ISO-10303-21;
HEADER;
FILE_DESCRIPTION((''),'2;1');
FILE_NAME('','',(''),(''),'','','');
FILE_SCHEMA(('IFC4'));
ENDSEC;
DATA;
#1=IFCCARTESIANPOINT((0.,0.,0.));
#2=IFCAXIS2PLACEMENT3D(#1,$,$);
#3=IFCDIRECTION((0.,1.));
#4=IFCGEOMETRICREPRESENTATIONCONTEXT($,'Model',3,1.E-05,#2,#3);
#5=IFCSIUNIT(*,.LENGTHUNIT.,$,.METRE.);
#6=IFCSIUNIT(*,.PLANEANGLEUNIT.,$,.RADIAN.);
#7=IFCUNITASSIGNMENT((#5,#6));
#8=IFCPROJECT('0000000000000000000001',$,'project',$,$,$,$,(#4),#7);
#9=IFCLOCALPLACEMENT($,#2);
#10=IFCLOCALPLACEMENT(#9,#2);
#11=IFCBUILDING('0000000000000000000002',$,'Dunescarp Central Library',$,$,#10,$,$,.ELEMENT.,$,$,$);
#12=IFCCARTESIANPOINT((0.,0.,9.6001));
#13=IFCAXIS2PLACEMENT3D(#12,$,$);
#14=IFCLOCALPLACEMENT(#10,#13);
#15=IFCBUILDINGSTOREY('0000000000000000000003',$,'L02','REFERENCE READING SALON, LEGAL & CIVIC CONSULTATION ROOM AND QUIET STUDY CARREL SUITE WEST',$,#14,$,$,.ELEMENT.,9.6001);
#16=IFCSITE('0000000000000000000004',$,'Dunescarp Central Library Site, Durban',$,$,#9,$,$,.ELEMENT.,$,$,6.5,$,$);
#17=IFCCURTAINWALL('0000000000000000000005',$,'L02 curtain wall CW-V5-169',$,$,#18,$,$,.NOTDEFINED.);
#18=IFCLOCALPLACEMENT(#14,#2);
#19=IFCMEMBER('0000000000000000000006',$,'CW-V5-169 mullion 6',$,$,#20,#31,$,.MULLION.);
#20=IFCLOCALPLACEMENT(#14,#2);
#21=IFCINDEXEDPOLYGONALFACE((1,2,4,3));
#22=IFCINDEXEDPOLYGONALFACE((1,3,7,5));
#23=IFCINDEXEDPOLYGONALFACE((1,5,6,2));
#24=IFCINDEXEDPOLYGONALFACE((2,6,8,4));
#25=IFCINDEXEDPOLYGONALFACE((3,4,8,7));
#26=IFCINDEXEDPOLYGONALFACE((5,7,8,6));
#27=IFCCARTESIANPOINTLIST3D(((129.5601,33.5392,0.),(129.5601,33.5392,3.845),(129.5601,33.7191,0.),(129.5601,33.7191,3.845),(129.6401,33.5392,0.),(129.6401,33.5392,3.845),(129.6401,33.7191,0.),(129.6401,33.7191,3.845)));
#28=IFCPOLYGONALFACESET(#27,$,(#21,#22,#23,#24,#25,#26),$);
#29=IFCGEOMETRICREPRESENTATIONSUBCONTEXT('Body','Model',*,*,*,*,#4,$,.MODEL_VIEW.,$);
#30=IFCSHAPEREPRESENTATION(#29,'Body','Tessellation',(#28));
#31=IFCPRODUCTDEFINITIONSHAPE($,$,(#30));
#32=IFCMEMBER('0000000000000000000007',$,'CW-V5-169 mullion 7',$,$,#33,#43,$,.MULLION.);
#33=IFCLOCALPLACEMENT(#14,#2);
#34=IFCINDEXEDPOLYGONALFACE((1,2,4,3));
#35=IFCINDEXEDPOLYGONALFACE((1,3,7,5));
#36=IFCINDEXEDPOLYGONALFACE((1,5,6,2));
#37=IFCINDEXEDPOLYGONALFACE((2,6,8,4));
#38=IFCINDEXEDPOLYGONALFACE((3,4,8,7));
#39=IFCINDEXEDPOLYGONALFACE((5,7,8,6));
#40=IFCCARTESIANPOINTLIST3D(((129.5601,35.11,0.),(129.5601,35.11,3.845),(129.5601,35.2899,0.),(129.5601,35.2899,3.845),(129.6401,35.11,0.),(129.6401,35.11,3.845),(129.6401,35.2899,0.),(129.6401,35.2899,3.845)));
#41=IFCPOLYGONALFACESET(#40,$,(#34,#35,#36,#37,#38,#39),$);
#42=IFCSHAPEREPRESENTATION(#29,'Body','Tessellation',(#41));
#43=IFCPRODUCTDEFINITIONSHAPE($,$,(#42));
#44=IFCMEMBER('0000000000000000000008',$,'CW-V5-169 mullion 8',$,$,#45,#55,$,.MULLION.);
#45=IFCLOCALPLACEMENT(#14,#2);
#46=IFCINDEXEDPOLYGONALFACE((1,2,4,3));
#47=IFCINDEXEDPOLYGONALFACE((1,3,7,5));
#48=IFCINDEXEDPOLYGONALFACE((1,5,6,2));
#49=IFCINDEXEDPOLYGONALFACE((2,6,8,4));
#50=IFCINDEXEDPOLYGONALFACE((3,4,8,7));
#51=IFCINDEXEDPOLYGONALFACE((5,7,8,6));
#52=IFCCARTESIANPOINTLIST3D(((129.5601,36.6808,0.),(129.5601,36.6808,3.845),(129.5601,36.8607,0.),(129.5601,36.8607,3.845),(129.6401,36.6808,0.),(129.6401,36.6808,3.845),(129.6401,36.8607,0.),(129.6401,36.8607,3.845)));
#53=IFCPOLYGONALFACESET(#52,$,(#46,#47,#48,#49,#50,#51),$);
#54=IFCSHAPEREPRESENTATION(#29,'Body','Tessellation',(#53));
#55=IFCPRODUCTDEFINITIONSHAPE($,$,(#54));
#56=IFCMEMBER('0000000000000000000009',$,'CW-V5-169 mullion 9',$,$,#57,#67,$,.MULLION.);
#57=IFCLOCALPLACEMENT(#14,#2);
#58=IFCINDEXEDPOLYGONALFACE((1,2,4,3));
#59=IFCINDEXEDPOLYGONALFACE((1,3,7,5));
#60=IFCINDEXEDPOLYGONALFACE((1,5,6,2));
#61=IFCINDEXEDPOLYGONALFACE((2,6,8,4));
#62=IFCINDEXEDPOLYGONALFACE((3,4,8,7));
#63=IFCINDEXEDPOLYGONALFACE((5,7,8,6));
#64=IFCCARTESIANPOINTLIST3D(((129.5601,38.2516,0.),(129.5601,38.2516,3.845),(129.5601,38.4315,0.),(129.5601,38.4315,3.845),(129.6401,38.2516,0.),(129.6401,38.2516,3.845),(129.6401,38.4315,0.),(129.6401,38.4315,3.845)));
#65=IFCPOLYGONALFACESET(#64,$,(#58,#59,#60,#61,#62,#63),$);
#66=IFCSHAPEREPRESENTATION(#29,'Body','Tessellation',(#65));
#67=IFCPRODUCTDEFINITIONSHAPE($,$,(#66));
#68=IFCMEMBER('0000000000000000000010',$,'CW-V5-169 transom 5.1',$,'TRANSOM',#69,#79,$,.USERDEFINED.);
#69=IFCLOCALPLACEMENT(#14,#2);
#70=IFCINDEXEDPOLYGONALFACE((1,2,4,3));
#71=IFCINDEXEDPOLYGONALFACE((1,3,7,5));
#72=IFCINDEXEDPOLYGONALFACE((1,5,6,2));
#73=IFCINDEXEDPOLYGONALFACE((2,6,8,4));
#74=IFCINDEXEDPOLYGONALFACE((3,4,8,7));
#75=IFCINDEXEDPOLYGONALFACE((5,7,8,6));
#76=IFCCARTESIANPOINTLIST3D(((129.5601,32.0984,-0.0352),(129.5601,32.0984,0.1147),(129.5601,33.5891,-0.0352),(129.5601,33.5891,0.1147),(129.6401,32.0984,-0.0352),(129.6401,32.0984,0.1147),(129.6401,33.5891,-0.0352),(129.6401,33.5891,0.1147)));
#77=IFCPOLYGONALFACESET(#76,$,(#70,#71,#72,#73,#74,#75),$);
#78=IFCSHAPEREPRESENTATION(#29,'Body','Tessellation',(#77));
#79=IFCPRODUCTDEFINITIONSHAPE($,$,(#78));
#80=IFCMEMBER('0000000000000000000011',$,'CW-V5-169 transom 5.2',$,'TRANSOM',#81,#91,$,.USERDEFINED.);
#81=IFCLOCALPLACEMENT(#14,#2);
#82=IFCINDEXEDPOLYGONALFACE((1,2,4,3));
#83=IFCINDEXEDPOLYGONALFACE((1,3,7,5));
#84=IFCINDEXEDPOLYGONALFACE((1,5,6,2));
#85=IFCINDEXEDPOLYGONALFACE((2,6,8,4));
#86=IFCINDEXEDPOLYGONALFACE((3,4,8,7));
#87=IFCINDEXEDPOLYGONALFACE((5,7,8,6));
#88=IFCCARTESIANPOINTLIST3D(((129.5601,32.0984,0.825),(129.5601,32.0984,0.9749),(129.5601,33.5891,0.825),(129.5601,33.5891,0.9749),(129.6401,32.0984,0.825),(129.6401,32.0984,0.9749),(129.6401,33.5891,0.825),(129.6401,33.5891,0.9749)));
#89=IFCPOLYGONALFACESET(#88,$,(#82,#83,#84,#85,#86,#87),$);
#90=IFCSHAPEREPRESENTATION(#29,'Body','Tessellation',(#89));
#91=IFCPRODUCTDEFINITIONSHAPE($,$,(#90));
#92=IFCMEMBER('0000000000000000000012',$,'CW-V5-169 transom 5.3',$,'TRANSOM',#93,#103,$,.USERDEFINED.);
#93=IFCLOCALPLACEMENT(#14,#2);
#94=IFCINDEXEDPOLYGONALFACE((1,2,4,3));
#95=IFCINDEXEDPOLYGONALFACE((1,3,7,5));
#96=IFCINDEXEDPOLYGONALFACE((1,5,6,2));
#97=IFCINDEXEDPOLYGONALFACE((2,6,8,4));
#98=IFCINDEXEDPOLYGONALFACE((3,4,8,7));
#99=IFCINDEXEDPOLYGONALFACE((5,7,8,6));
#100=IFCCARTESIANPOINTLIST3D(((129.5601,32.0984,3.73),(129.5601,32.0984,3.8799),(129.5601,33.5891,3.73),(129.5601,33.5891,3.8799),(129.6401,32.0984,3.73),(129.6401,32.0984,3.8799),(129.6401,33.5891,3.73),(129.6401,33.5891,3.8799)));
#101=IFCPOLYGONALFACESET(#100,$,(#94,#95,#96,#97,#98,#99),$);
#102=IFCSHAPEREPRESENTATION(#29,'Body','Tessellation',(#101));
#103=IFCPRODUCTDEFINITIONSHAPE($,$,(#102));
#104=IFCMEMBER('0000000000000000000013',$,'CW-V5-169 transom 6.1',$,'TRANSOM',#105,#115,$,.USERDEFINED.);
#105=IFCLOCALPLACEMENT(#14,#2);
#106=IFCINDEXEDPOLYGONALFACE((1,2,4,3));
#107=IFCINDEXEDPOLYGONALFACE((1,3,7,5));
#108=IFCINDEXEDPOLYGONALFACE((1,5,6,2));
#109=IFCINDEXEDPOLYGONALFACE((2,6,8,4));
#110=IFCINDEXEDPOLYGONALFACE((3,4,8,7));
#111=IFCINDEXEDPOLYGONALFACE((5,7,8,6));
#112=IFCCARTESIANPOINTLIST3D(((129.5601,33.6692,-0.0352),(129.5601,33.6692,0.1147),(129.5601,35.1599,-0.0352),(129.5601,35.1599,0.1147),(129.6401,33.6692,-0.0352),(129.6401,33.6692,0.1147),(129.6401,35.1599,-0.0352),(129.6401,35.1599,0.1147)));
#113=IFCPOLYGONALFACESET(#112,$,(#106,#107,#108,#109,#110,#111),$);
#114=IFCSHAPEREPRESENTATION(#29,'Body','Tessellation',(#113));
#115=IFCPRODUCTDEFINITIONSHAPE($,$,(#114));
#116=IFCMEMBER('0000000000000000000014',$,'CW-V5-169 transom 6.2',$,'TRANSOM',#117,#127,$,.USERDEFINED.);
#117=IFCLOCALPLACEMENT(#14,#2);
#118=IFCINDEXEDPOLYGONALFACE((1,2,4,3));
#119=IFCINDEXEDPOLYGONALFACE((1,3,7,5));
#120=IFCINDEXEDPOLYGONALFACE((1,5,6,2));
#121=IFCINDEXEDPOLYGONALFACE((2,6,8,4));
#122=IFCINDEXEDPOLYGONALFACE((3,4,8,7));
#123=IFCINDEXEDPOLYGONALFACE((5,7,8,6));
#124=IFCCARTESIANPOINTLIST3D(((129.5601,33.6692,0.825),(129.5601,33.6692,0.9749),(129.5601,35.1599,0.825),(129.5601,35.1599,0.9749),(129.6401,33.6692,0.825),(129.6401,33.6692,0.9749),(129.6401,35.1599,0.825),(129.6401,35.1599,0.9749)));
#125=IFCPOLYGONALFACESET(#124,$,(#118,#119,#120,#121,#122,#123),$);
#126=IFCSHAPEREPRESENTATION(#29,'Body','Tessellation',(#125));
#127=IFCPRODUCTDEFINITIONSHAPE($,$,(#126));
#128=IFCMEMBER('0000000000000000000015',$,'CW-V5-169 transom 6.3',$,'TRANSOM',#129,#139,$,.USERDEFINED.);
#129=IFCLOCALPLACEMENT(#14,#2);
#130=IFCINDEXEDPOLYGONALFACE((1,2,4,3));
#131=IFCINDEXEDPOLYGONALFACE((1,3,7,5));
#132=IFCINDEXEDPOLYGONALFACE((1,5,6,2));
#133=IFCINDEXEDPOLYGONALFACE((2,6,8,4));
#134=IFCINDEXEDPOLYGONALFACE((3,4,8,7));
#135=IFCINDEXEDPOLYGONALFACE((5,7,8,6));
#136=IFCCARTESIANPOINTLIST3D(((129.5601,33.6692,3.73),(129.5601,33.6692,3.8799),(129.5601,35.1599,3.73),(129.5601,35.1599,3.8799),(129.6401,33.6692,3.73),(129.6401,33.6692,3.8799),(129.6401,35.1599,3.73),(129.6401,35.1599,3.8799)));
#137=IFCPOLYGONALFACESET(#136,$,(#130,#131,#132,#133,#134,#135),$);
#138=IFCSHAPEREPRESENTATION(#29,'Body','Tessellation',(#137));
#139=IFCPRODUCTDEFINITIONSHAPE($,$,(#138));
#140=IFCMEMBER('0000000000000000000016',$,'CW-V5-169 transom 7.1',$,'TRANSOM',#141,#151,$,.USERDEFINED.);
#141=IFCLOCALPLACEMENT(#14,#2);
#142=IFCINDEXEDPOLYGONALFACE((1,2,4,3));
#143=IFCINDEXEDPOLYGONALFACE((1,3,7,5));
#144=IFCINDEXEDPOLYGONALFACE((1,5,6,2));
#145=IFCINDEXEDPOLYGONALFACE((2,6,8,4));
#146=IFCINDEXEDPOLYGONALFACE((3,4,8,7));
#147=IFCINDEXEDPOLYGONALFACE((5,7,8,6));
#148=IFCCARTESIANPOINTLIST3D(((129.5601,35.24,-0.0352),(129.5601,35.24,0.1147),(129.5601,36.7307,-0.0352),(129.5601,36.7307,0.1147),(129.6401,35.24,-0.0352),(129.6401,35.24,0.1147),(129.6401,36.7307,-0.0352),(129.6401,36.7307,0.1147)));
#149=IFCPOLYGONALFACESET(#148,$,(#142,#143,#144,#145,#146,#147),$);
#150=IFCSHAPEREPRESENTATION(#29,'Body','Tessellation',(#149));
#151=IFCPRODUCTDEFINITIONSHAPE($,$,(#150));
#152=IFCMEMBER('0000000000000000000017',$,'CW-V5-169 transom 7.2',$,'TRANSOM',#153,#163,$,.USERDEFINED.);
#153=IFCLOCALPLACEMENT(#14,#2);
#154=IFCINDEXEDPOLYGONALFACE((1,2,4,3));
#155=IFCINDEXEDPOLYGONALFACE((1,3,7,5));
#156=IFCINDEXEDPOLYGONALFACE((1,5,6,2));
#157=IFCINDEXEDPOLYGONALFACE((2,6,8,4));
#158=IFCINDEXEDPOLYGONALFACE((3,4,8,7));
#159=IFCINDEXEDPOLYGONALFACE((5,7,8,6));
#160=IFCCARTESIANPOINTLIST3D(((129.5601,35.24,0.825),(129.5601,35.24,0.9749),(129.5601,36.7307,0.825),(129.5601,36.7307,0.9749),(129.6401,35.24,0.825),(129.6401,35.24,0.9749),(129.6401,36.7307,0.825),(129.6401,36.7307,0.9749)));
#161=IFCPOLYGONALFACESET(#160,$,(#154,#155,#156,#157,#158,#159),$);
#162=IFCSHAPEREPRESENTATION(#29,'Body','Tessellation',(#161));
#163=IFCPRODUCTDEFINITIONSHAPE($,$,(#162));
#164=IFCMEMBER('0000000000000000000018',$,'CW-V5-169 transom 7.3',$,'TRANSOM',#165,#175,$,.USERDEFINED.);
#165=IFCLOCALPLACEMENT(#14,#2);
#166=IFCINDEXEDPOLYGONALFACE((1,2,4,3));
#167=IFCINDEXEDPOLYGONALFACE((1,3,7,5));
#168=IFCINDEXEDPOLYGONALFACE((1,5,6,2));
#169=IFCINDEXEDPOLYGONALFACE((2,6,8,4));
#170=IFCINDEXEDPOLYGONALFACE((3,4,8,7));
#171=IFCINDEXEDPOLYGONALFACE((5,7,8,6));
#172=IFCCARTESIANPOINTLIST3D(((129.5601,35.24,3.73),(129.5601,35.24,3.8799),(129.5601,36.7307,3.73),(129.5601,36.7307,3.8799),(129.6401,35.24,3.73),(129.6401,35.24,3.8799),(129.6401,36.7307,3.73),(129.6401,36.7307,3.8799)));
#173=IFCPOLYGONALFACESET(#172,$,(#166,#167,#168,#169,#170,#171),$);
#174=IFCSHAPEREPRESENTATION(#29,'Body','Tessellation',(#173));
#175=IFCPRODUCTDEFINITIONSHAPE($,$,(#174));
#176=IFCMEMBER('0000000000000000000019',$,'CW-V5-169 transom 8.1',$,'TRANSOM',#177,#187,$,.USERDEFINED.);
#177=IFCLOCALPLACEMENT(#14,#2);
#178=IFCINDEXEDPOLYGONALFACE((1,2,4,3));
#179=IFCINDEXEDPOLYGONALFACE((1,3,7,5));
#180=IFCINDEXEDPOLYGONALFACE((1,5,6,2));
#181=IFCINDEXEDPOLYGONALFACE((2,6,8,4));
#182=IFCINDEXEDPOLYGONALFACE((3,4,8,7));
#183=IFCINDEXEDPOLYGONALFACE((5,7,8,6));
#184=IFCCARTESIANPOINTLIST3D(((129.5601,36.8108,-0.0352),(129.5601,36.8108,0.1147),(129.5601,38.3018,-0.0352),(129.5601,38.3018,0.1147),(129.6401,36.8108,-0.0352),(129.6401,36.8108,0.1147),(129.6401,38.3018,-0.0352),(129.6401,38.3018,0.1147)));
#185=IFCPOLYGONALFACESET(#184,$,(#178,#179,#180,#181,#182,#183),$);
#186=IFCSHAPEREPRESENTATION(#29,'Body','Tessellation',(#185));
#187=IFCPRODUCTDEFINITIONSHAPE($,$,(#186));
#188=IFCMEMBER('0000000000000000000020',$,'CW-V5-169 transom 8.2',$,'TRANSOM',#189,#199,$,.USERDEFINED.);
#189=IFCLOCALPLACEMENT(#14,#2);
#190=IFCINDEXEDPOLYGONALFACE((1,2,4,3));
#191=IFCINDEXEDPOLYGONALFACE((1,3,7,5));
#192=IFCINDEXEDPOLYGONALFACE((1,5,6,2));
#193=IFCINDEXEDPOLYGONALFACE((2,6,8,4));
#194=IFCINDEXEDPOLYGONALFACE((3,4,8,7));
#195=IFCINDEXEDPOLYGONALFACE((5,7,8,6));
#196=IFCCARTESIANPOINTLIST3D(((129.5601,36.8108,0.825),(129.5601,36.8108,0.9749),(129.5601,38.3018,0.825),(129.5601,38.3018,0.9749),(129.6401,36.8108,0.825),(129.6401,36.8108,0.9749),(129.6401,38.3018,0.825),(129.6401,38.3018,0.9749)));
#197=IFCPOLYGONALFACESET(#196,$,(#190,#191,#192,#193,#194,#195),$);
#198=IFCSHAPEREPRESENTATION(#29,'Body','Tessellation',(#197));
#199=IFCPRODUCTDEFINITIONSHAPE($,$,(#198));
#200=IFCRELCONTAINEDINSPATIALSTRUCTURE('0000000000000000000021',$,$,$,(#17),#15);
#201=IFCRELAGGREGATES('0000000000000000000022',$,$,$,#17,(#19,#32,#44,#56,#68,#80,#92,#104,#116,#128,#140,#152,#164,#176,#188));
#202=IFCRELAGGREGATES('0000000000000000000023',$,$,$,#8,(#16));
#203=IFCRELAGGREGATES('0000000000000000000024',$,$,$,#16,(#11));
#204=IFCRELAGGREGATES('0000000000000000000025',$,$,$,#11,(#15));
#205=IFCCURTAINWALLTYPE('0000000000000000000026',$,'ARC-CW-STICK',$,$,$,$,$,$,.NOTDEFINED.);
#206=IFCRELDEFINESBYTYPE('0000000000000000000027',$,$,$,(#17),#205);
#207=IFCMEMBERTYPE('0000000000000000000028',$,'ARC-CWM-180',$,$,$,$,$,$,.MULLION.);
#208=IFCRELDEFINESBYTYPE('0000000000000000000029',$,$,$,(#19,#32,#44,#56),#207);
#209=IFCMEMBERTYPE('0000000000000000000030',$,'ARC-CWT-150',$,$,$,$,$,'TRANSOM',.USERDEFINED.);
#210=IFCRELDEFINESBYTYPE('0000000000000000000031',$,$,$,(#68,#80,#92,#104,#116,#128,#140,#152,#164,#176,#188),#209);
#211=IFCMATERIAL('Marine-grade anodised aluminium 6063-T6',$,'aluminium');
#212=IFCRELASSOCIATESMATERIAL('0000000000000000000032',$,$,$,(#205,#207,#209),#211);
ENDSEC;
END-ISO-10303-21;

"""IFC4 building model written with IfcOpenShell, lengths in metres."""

from ifc_helpers import new_model, si_unit, direction, frame, origin, origin_2d, place, context, subcontext, project, spatial, rectangle, extrude, material, material_profile, profile_set, type_object, element, aggregate, save


model = new_model("IFC4")

# Units and contexts
model_context = context("Model", 3, precision=1e-05, world=origin(), true_north=direction((0.0, 1.0)))
body_context = subcontext(model_context, "Body", "Model", "MODEL_VIEW")
ifc_project = project(units=[si_unit("LENGTHUNIT", "METRE"), si_unit("PLANEANGLEUNIT", "RADIAN")], contexts=[model_context])

# Site, building, storey
site_placement = place(None, origin())
site = spatial("IfcSite", under=ifc_project, at=site_placement, Name="Dunescarp Central Library Site, Durban", CompositionType="ELEMENT", RefElevation=6.5)
building_placement = place(site_placement, origin())
building = spatial("IfcBuilding", under=site, at=building_placement, Name="Dunescarp Central Library", CompositionType="ELEMENT")
storey_placement = place(building_placement, frame((0.0, 0.0, 9.6001)))
storey = spatial("IfcBuildingStorey", under=building, at=storey_placement, Name="L02", Description="REFERENCE READING SALON, LEGAL & CIVIC CONSULTATION ROOM AND QUIET STUDY CARREL SUITE WEST", CompositionType="ELEMENT", Elevation=9.6001)

# Curtain wall, members
ifc_material_1 = material(Name="Marine-grade anodised aluminium 6063-T6", Category="aluminium")
curtain_wall_type = type_object("IfcCurtainWallType", Name="ARC-CW-STICK", PredefinedType="NOTDEFINED", material=ifc_material_1)
curtain_wall_placement = place(storey_placement, origin())
curtain_wall = element("IfcCurtainWall", 1, at=curtain_wall_placement, inside=storey, type_object=curtain_wall_type, Name="L02 curtain wall CW-V5-169", PredefinedType="NOTDEFINED")
ifc_material_profile_1 = material_profile(ifc_material_1, rectangle(XDim=0.0801, YDim=0.1799, at=origin_2d()), Name="AL 80x180")
ifc_profile_set_1 = profile_set([ifc_material_profile_1], Name="Marine-grade anodised aluminium 6063-T6")
member_type_1 = type_object("IfcMemberType", Name="ARC-CWM-180", PredefinedType="MULLION", material=ifc_profile_set_1)
member_1_placement = place(storey_placement, frame((129.6001, 33.6292, 0.0), z_axis=(0.0, 0.0, 1.0), x_axis=(-1.0, 0.0, 0.0)))
member_1 = element("IfcMember", 2, at=member_1_placement, type_object=member_type_1, Name="CW-V5-169 mullion 6", PredefinedType="MULLION", context=body_context, shape_type="SweptSolid", body=[
    extrude(rectangle(XDim=0.0801, YDim=0.1799, at=origin_2d()), origin(), (0.0, 0.0, 1.0), 3.845),
])
member_2_placement = place(storey_placement, frame((129.6001, 35.2, 0.0), z_axis=(0.0, 0.0, 1.0), x_axis=(-1.0, 0.0, 0.0)))
member_2 = element("IfcMember", 3, at=member_2_placement, type_object=member_type_1, Name="CW-V5-169 mullion 7", PredefinedType="MULLION", context=body_context, shape_type="SweptSolid", body=[
    extrude(rectangle(XDim=0.0801, YDim=0.1799, at=origin_2d()), origin(), (0.0, 0.0, 1.0), 3.845),
])
member_3_placement = place(storey_placement, frame((129.6001, 36.7708, 0.0), z_axis=(0.0, 0.0, 1.0), x_axis=(-1.0, 0.0, 0.0)))
member_3 = element("IfcMember", 4, at=member_3_placement, type_object=member_type_1, Name="CW-V5-169 mullion 8", PredefinedType="MULLION", context=body_context, shape_type="SweptSolid", body=[
    extrude(rectangle(XDim=0.0801, YDim=0.1799, at=origin_2d()), origin(), (0.0, 0.0, 1.0), 3.845),
])
member_4_placement = place(storey_placement, frame((129.6001, 38.3416, 0.0), z_axis=(0.0, 0.0, 1.0), x_axis=(-1.0, 0.0, 0.0)))
member_4 = element("IfcMember", 5, at=member_4_placement, type_object=member_type_1, Name="CW-V5-169 mullion 9", PredefinedType="MULLION", context=body_context, shape_type="SweptSolid", body=[
    extrude(rectangle(XDim=0.0801, YDim=0.1799, at=origin_2d()), origin(), (0.0, 0.0, 1.0), 3.845),
])
ifc_material_profile_2 = material_profile(ifc_material_1, rectangle(XDim=0.0801, YDim=0.1499, at=origin_2d()), Name="AL 80x150")
ifc_profile_set_2 = profile_set([ifc_material_profile_2], Name="Marine-grade anodised aluminium 6063-T6")
member_type_2 = type_object("IfcMemberType", Name="ARC-CWT-150", ElementType="TRANSOM", PredefinedType="USERDEFINED", material=ifc_profile_set_2)
member_5_placement = place(storey_placement, frame((129.6001, 32.0984, 0.0398), z_axis=(0.0, 1.0, 0.0), x_axis=(-1.0, 0.0, 0.0)))
member_5 = element("IfcMember", 6, at=member_5_placement, type_object=member_type_2, Name="CW-V5-169 transom 5.1", ObjectType="TRANSOM", PredefinedType="USERDEFINED", context=body_context, shape_type="SweptSolid", body=[
    extrude(rectangle(XDim=0.0801, YDim=0.1499, at=origin_2d()), origin(), (0.0, 0.0, 1.0), 1.4907),
])
member_6_placement = place(storey_placement, frame((129.6001, 32.0984, 0.8999), z_axis=(0.0, 1.0, 0.0), x_axis=(-1.0, 0.0, 0.0)))
member_6 = element("IfcMember", 7, at=member_6_placement, type_object=member_type_2, Name="CW-V5-169 transom 5.2", ObjectType="TRANSOM", PredefinedType="USERDEFINED", context=body_context, shape_type="SweptSolid", body=[
    extrude(rectangle(XDim=0.0801, YDim=0.1499, at=origin_2d()), origin(), (0.0, 0.0, 1.0), 1.4907),
])
member_7_placement = place(storey_placement, frame((129.6001, 32.0984, 3.8049), z_axis=(0.0, 1.0, 0.0), x_axis=(-1.0, 0.0, 0.0)))
member_7 = element("IfcMember", 8, at=member_7_placement, type_object=member_type_2, Name="CW-V5-169 transom 5.3", ObjectType="TRANSOM", PredefinedType="USERDEFINED", context=body_context, shape_type="SweptSolid", body=[
    extrude(rectangle(XDim=0.0801, YDim=0.1499, at=origin_2d()), origin(), (0.0, 0.0, 1.0), 1.4907),
])
member_8_placement = place(storey_placement, frame((129.6001, 33.6692, 0.0398), z_axis=(0.0, 1.0, 0.0), x_axis=(-1.0, 0.0, 0.0)))
member_8 = element("IfcMember", 9, at=member_8_placement, type_object=member_type_2, Name="CW-V5-169 transom 6.1", ObjectType="TRANSOM", PredefinedType="USERDEFINED", context=body_context, shape_type="SweptSolid", body=[
    extrude(rectangle(XDim=0.0801, YDim=0.1499, at=origin_2d()), origin(), (0.0, 0.0, 1.0), 1.4907),
])
member_9_placement = place(storey_placement, frame((129.6001, 33.6692, 0.8999), z_axis=(0.0, 1.0, 0.0), x_axis=(-1.0, 0.0, 0.0)))
member_9 = element("IfcMember", 10, at=member_9_placement, type_object=member_type_2, Name="CW-V5-169 transom 6.2", ObjectType="TRANSOM", PredefinedType="USERDEFINED", context=body_context, shape_type="SweptSolid", body=[
    extrude(rectangle(XDim=0.0801, YDim=0.1499, at=origin_2d()), origin(), (0.0, 0.0, 1.0), 1.4907),
])
member_10_placement = place(storey_placement, frame((129.6001, 33.6692, 3.8049), z_axis=(0.0, 1.0, 0.0), x_axis=(-1.0, 0.0, 0.0)))
member_10 = element("IfcMember", 11, at=member_10_placement, type_object=member_type_2, Name="CW-V5-169 transom 6.3", ObjectType="TRANSOM", PredefinedType="USERDEFINED", context=body_context, shape_type="SweptSolid", body=[
    extrude(rectangle(XDim=0.0801, YDim=0.1499, at=origin_2d()), origin(), (0.0, 0.0, 1.0), 1.4907),
])
member_11_placement = place(storey_placement, frame((129.6001, 35.24, 0.0398), z_axis=(0.0, 1.0, 0.0), x_axis=(-1.0, 0.0, 0.0)))
member_11 = element("IfcMember", 12, at=member_11_placement, type_object=member_type_2, Name="CW-V5-169 transom 7.1", ObjectType="TRANSOM", PredefinedType="USERDEFINED", context=body_context, shape_type="SweptSolid", body=[
    extrude(rectangle(XDim=0.0801, YDim=0.1499, at=origin_2d()), origin(), (0.0, 0.0, 1.0), 1.4907),
])
member_12_placement = place(storey_placement, frame((129.6001, 35.24, 0.8999), z_axis=(0.0, 1.0, 0.0), x_axis=(-1.0, 0.0, 0.0)))
member_12 = element("IfcMember", 13, at=member_12_placement, type_object=member_type_2, Name="CW-V5-169 transom 7.2", ObjectType="TRANSOM", PredefinedType="USERDEFINED", context=body_context, shape_type="SweptSolid", body=[
    extrude(rectangle(XDim=0.0801, YDim=0.1499, at=origin_2d()), origin(), (0.0, 0.0, 1.0), 1.4907),
])
member_13_placement = place(storey_placement, frame((129.6001, 35.24, 3.8049), z_axis=(0.0, 1.0, 0.0), x_axis=(-1.0, 0.0, 0.0)))
member_13 = element("IfcMember", 14, at=member_13_placement, type_object=member_type_2, Name="CW-V5-169 transom 7.3", ObjectType="TRANSOM", PredefinedType="USERDEFINED", context=body_context, shape_type="SweptSolid", body=[
    extrude(rectangle(XDim=0.0801, YDim=0.1499, at=origin_2d()), origin(), (0.0, 0.0, 1.0), 1.4907),
])
member_14_placement = place(storey_placement, frame((129.6001, 36.8108, 0.0398), z_axis=(0.0, 1.0, 0.0), x_axis=(-1.0, 0.0, 0.0)))
member_14 = element("IfcMember", 15, at=member_14_placement, type_object=member_type_2, Name="CW-V5-169 transom 8.1", ObjectType="TRANSOM", PredefinedType="USERDEFINED", context=body_context, shape_type="SweptSolid", body=[
    extrude(rectangle(XDim=0.0801, YDim=0.1499, at=origin_2d()), origin(), (0.0, 0.0, 1.0), 1.491),
])
member_15_placement = place(storey_placement, frame((129.6001, 36.8108, 0.8999), z_axis=(0.0, 1.0, 0.0), x_axis=(-1.0, 0.0, 0.0)))
member_15 = element("IfcMember", 16, at=member_15_placement, type_object=member_type_2, Name="CW-V5-169 transom 8.2", ObjectType="TRANSOM", PredefinedType="USERDEFINED", context=body_context, shape_type="SweptSolid", body=[
    extrude(rectangle(XDim=0.0801, YDim=0.1499, at=origin_2d()), origin(), (0.0, 0.0, 1.0), 1.491),
])

aggregate(curtain_wall, [member_1, member_2, member_3, member_4, member_5, member_6, member_7, member_8, member_9, member_10, member_11, member_12, member_13, member_14, member_15])

save(model, "model.ifc")
